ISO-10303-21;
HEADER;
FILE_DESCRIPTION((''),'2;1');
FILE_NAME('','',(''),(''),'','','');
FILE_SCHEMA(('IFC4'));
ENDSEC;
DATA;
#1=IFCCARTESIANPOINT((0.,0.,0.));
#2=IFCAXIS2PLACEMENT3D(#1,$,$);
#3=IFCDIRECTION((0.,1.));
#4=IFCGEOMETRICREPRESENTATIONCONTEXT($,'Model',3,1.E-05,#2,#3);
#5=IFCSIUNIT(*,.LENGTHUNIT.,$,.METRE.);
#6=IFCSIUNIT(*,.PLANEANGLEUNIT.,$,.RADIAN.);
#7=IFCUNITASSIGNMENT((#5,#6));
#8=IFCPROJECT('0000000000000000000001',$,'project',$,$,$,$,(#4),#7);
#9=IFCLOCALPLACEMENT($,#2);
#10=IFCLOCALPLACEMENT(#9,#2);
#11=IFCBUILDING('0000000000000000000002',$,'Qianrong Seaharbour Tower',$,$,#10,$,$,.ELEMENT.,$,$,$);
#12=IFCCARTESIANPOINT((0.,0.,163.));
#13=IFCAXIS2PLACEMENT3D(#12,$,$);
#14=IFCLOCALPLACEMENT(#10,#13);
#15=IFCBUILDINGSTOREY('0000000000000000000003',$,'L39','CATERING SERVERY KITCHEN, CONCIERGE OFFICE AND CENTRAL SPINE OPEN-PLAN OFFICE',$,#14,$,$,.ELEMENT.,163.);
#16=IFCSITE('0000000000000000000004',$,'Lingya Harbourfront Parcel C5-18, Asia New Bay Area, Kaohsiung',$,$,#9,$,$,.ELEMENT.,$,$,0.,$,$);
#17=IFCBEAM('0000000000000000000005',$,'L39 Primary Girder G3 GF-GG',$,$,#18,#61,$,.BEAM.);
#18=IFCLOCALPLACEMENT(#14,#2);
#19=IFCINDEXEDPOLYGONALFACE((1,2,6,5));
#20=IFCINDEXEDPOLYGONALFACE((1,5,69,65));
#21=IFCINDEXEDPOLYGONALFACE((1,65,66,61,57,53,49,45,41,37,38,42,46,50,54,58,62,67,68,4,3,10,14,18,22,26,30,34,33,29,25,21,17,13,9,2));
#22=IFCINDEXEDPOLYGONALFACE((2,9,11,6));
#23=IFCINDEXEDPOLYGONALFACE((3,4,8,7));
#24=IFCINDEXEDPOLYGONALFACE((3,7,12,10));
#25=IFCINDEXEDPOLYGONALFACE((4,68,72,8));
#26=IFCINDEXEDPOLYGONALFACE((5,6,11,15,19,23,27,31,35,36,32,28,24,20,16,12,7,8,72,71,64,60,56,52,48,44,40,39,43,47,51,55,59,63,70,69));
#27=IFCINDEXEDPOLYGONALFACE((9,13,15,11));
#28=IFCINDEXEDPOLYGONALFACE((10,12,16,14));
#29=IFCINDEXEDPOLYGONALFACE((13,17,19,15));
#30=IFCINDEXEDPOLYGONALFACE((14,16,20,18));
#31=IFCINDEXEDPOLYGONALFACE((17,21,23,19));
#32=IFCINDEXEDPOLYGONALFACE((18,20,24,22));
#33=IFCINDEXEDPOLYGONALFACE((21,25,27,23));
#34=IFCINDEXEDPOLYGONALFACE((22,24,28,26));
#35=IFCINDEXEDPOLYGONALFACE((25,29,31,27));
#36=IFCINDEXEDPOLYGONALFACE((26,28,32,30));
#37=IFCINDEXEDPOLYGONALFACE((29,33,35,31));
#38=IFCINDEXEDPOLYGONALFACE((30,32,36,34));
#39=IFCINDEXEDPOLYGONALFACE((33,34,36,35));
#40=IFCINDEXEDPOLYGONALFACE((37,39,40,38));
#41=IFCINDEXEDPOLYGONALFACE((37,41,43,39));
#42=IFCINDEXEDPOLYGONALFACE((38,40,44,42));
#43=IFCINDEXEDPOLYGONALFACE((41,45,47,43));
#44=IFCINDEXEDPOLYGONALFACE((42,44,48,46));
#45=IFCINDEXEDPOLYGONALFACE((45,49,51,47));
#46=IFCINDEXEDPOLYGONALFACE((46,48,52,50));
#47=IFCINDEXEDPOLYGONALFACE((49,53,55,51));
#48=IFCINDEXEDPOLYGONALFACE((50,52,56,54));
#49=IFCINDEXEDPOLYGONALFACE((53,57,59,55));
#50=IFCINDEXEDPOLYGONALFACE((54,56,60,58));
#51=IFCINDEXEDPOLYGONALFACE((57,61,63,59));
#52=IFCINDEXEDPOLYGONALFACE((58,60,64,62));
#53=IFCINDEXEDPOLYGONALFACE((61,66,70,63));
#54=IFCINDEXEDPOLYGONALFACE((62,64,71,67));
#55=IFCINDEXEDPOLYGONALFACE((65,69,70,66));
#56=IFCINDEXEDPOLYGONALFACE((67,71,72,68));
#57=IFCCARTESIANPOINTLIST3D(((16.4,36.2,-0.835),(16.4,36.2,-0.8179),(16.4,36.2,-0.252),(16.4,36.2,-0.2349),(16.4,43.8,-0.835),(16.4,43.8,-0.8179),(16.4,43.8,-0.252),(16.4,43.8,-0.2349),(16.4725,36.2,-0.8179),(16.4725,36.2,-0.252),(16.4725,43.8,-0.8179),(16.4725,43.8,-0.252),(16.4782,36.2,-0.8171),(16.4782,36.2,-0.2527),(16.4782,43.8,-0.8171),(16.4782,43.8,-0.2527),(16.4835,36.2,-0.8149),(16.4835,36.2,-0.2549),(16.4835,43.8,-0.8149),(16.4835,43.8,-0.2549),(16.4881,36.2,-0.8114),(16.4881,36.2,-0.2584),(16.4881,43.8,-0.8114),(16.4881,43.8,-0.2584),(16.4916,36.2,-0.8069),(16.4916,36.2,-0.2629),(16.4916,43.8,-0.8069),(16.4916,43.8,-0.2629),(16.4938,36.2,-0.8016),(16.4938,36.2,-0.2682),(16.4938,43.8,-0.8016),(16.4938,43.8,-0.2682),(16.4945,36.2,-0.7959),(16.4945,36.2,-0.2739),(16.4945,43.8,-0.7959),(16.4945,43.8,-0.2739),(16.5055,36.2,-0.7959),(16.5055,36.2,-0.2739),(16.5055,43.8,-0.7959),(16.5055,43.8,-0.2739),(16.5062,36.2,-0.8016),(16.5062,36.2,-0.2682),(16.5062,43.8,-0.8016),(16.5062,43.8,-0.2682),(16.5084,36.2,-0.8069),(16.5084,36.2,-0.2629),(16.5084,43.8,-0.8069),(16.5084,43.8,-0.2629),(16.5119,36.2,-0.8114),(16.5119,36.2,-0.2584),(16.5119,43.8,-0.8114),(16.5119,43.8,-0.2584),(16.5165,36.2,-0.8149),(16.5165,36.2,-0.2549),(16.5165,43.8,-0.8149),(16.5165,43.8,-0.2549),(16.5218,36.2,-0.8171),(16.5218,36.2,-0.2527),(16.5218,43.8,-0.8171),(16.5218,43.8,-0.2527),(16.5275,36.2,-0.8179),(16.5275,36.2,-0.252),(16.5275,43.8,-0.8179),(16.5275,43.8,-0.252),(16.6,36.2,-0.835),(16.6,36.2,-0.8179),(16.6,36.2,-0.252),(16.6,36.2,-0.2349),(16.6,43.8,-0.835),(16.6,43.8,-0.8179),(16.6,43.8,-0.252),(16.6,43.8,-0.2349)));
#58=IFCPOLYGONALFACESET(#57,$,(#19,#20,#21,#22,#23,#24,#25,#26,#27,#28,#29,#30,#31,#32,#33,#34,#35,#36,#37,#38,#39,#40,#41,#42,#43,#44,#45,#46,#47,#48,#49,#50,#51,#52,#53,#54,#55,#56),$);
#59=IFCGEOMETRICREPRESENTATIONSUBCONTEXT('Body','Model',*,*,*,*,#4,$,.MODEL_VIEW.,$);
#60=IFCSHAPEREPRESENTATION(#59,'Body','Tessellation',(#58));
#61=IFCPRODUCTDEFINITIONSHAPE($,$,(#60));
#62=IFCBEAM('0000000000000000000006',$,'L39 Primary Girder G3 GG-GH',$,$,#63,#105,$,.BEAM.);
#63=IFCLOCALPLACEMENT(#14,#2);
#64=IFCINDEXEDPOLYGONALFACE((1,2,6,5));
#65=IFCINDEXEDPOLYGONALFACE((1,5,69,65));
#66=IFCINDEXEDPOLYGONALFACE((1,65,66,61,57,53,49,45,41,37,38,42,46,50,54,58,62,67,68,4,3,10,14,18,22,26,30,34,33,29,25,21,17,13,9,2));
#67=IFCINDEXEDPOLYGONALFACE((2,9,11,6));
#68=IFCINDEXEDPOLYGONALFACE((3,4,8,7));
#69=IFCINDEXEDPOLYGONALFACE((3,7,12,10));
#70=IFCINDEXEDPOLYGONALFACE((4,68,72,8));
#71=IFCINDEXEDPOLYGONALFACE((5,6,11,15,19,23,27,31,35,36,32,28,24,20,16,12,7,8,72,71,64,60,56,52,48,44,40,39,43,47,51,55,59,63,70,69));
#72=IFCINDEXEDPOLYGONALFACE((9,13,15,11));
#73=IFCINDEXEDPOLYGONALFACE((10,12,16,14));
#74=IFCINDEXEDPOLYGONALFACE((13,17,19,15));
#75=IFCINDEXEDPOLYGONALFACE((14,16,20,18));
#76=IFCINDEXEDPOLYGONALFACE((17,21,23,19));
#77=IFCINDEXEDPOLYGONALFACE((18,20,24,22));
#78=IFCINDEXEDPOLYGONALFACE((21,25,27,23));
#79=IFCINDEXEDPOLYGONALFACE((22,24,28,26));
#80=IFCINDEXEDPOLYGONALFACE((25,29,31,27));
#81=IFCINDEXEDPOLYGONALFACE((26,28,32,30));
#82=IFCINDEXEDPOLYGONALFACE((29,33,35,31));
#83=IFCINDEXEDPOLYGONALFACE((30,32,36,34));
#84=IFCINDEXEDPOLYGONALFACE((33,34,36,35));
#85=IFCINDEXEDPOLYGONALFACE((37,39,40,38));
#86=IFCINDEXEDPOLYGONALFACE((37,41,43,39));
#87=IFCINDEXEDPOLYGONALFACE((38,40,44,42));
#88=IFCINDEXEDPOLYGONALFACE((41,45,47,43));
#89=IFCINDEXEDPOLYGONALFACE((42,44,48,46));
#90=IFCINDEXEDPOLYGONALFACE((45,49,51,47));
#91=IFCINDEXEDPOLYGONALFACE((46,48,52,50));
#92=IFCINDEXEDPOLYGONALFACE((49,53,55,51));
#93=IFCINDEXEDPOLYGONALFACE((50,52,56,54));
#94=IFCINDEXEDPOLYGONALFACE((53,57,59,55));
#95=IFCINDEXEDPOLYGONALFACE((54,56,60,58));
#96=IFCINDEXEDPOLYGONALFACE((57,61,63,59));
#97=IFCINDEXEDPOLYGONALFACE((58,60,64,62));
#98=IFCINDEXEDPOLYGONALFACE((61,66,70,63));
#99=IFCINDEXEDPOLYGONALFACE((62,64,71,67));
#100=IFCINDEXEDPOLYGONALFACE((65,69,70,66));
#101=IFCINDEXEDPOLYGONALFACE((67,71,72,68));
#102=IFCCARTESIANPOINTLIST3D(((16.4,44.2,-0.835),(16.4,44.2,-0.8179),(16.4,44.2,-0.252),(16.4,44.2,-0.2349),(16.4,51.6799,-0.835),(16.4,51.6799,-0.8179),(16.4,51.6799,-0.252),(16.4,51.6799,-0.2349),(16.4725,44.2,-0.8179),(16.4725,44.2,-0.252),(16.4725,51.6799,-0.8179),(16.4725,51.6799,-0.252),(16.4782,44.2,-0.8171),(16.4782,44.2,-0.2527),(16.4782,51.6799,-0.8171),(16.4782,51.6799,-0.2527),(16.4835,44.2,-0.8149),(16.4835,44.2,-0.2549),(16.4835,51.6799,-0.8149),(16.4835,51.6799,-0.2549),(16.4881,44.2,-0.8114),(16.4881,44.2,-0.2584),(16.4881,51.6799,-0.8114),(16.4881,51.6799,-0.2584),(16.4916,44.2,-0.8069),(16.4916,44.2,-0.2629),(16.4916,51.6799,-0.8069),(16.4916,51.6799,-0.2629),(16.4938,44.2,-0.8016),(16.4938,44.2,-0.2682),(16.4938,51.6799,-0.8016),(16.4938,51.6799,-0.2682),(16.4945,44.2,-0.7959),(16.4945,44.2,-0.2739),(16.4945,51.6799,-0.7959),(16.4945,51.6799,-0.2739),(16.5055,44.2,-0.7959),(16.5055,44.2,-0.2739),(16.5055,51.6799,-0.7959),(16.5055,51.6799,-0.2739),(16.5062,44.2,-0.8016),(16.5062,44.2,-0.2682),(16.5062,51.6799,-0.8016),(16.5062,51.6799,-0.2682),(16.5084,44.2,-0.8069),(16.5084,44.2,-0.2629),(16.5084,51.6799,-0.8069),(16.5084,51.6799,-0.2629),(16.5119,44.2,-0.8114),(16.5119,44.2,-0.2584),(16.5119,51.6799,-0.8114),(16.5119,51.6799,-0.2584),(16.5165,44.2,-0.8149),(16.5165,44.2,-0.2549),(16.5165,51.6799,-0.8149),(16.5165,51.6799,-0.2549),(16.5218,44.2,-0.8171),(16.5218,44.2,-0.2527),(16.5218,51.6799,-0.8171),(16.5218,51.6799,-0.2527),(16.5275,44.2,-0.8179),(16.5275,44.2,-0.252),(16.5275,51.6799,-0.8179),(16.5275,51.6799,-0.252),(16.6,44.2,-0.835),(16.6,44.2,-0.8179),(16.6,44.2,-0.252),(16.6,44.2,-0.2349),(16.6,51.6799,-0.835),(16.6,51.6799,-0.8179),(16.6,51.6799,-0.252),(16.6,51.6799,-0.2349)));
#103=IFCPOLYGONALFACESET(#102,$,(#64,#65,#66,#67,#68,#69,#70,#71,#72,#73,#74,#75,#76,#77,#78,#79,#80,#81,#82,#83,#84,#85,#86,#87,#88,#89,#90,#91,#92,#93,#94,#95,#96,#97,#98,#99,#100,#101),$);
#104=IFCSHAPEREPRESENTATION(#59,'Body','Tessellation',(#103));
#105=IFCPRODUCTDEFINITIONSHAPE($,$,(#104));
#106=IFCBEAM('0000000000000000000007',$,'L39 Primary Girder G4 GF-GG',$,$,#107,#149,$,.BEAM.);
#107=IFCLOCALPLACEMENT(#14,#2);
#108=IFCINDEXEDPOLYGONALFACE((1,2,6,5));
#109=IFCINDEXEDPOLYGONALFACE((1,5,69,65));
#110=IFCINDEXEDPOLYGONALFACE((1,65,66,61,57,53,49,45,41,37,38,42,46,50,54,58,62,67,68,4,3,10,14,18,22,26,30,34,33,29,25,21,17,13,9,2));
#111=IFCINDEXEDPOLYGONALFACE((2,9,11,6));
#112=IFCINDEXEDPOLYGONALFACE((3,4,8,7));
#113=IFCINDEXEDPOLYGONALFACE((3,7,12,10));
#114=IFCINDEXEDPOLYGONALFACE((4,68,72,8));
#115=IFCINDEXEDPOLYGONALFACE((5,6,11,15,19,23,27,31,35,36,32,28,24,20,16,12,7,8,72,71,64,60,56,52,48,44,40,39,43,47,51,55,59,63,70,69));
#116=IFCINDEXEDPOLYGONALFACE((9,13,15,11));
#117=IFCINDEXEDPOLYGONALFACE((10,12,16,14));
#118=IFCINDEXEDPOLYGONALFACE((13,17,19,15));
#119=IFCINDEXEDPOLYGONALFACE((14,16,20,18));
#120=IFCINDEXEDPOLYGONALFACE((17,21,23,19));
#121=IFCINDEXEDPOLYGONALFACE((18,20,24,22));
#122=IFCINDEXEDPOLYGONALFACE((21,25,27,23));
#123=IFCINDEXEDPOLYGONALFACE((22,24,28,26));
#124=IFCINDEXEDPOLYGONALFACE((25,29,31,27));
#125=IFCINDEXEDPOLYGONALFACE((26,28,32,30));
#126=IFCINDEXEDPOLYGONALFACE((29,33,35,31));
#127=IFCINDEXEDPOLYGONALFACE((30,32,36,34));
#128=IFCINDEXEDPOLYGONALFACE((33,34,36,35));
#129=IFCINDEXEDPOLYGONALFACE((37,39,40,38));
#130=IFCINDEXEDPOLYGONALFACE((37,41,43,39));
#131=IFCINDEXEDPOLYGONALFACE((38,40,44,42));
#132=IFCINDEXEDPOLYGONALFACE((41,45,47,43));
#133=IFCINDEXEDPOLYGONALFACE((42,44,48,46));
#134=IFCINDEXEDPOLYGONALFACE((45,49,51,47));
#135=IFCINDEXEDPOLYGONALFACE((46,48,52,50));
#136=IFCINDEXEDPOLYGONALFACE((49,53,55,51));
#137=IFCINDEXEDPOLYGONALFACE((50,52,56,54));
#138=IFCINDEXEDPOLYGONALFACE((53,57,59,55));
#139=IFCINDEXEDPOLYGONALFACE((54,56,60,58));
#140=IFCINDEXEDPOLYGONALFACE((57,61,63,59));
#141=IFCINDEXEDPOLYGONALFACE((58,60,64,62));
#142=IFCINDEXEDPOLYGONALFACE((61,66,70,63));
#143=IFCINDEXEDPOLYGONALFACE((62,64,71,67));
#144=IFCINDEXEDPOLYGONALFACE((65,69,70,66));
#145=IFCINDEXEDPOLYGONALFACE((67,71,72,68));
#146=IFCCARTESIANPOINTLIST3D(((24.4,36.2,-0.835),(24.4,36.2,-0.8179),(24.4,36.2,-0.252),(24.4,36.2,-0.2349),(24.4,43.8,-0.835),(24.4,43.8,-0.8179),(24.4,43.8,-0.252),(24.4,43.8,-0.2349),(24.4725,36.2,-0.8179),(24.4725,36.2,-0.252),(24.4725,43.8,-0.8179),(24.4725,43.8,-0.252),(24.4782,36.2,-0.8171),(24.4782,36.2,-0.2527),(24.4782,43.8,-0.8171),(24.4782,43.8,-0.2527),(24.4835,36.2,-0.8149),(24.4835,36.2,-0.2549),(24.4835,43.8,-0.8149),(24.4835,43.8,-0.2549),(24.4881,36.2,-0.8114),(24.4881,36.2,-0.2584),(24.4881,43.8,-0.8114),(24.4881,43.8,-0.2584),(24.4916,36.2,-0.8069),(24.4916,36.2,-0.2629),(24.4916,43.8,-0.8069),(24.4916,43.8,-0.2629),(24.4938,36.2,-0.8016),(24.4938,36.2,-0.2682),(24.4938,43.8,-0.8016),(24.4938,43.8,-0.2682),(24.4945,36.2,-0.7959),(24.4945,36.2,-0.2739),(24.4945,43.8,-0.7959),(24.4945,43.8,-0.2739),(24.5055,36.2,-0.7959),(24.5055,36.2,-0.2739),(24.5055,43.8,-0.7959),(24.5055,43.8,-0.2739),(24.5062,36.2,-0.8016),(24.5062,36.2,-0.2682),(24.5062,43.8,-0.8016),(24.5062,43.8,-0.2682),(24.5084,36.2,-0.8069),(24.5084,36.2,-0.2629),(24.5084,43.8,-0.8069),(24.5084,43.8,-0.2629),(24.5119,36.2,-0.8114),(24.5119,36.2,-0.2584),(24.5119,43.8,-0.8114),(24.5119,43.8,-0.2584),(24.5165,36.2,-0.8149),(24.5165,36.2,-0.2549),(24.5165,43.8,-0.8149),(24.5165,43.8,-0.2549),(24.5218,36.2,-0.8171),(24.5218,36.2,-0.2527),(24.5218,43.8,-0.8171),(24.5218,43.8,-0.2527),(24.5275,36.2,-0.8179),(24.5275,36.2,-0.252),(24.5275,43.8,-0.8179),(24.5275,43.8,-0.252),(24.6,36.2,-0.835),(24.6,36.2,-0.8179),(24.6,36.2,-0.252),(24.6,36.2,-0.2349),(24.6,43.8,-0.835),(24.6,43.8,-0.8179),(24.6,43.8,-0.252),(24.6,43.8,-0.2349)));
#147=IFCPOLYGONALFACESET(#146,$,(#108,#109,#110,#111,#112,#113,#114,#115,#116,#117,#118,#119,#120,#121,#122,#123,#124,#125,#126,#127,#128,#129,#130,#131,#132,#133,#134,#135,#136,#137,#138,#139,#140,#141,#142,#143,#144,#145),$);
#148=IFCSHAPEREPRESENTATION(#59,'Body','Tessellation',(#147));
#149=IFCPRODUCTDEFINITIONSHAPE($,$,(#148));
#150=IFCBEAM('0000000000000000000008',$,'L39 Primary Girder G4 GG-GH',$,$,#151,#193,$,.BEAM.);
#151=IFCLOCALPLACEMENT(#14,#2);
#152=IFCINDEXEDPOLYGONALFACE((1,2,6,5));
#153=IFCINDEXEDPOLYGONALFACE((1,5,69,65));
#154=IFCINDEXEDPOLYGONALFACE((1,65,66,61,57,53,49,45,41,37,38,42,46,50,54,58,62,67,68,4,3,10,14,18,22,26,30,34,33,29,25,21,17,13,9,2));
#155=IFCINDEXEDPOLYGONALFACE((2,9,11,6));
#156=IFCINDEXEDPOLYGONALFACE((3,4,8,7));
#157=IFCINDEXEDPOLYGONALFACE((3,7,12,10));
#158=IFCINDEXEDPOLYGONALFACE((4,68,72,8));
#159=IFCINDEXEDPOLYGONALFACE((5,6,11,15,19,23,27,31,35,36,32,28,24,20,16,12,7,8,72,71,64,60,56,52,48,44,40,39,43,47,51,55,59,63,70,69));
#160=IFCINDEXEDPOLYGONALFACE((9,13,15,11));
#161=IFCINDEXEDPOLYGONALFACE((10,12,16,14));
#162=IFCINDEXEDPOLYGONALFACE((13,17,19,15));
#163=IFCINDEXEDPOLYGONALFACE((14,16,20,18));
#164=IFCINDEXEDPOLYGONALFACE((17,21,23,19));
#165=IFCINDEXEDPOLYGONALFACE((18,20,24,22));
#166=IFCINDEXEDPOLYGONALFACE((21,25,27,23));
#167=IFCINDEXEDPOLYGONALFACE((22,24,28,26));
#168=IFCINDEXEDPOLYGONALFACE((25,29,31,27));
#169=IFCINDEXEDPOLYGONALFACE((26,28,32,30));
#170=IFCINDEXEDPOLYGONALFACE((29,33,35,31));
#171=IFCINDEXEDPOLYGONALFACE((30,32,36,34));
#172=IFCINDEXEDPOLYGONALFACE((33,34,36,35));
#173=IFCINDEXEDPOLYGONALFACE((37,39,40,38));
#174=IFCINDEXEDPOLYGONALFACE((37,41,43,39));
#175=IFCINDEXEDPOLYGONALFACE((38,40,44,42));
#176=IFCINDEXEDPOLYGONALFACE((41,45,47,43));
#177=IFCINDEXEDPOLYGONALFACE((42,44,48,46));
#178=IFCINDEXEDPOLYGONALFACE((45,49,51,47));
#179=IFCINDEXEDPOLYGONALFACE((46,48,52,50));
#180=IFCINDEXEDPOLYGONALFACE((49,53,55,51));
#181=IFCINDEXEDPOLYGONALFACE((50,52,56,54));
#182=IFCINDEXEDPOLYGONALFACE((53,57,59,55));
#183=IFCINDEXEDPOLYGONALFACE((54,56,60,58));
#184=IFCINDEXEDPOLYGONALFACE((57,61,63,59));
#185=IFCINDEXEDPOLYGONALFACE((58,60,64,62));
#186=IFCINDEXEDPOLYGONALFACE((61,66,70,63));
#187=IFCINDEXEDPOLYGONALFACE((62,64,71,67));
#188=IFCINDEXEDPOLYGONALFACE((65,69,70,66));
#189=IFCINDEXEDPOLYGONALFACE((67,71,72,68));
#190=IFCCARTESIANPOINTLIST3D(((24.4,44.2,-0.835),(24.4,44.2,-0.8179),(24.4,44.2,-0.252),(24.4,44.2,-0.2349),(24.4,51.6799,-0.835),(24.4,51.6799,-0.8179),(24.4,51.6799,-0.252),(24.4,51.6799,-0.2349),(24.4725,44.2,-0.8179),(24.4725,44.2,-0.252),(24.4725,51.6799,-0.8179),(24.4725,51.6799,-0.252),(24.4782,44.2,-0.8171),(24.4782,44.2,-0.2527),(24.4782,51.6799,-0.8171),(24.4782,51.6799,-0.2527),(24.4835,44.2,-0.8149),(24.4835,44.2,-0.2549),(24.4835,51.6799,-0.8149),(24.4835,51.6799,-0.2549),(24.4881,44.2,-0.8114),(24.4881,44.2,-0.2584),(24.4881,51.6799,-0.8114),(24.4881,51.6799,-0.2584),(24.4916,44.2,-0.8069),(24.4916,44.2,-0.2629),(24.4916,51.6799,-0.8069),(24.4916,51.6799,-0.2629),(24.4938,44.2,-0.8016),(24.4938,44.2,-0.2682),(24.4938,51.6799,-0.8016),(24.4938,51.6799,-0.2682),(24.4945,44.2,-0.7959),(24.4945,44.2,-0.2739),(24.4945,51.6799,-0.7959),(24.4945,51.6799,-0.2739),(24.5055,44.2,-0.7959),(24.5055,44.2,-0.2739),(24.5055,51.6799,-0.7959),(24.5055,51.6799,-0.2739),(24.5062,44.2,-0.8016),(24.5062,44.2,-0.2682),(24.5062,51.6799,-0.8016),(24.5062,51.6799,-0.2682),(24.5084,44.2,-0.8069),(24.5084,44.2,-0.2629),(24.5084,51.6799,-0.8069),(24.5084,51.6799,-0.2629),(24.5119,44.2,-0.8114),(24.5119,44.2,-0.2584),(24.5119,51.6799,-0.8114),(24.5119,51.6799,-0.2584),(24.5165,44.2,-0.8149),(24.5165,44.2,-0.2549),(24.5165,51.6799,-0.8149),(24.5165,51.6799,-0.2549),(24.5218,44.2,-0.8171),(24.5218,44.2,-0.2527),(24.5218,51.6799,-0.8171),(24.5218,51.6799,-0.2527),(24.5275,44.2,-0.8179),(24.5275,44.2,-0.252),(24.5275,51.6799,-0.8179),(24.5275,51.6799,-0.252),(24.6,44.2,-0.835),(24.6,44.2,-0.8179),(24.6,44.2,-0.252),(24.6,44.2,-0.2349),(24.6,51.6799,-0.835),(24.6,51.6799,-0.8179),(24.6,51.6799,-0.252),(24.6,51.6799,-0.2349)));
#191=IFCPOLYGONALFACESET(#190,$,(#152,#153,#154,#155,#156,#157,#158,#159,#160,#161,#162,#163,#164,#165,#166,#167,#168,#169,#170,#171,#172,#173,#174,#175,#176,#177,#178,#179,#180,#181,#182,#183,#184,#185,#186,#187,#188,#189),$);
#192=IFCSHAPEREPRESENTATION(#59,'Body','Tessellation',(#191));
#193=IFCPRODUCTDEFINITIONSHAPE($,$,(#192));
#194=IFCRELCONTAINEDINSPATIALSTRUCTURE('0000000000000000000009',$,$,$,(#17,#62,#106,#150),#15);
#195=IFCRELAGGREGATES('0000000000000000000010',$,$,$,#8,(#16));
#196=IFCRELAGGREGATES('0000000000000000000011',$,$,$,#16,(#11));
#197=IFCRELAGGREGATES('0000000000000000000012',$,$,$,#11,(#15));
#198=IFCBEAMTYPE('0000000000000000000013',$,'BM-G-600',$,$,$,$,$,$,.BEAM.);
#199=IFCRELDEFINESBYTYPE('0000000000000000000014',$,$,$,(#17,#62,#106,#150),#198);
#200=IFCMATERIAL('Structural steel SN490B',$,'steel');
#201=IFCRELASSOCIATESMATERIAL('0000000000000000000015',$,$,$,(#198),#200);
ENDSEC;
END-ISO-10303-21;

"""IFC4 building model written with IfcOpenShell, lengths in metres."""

from ifc_helpers import new_model, si_unit, direction, frame, origin, origin_2d, place, context, subcontext, project, spatial, i_section, extrude, material, material_profile, profile_set, type_object, element, save


model = new_model("IFC4")

# Units and contexts
model_context = context("Model", 3, precision=1e-05, world=origin(), true_north=direction((0.0, 1.0)))
body_context = subcontext(model_context, "Body", "Model", "MODEL_VIEW")
ifc_project = project(units=[si_unit("LENGTHUNIT", "METRE"), si_unit("PLANEANGLEUNIT", "RADIAN")], contexts=[model_context])

# Site, building, storey
site_placement = place(None, origin())
site = spatial("IfcSite", under=ifc_project, at=site_placement, Name="Lingya Harbourfront Parcel C5-18, Asia New Bay Area, Kaohsiung", CompositionType="ELEMENT", RefElevation=0.0)
building_placement = place(site_placement, origin())
building = spatial("IfcBuilding", under=site, at=building_placement, Name="Qianrong Seaharbour Tower", CompositionType="ELEMENT")
storey_placement = place(building_placement, frame((0.0, 0.0, 163.0)))
storey = spatial("IfcBuildingStorey", under=building, at=storey_placement, Name="L39", Description="CATERING SERVERY KITCHEN, CONCIERGE OFFICE AND CENTRAL SPINE OPEN-PLAN OFFICE", CompositionType="ELEMENT", Elevation=163.0)

# Shared definitions
ifc_material_1 = material(Name="Structural steel SN490B", Category="steel")

# Beams
ifc_material_profile_1 = material_profile(ifc_material_1, i_section(OverallWidth=0.2, OverallDepth=0.6001, WebThickness=0.011, FlangeThickness=0.0171, FilletRadius=0.022, at=origin_2d()), Name="H600x200x11x17")
ifc_profile_set_1 = profile_set([ifc_material_profile_1], Name="Structural steel SN490B")
beam_type_1 = type_object("IfcBeamType", Name="BM-G-600", PredefinedType="BEAM", material=ifc_profile_set_1)
for number, where, z_axis, x_axis, name in (
    (1, (16.5, 36.2, -0.5349), (0.0, 1.0, 0.0), (-1.0, 0.0, 0.0), "L39 Primary Girder G3 GF-GG"),
):
    element("IfcBeam", number, at=place(storey_placement, frame(where, z_axis=z_axis, x_axis=x_axis)), inside=storey, type_object=beam_type_1, Name=name, PredefinedType="BEAM", context=body_context, shape_type="SweptSolid", body=[
        extrude(i_section(OverallWidth=0.2, OverallDepth=0.6001, WebThickness=0.011, FlangeThickness=0.0171, FilletRadius=0.022, at=origin_2d()), origin(), (0.0, 0.0, 1.0), 7.6001),
    ])
beam_1_placement = place(storey_placement, frame((16.5, 44.2, -0.5349), z_axis=(0.0, 1.0, 0.0), x_axis=(-1.0, 0.0, 0.0)))
element("IfcBeam", 2, at=beam_1_placement, inside=storey, type_object=beam_type_1, Name="L39 Primary Girder G3 GG-GH", PredefinedType="BEAM", context=body_context, shape_type="SweptSolid", body=[
    extrude(i_section(OverallWidth=0.2, OverallDepth=0.6001, WebThickness=0.011, FlangeThickness=0.0171, FilletRadius=0.022, at=origin_2d()), origin(), (0.0, 0.0, 1.0), 7.48),
])
beam_2_placement = place(storey_placement, frame((24.5, 36.2, -0.5349), z_axis=(0.0, 1.0, 0.0), x_axis=(-1.0, 0.0, 0.0)))
element("IfcBeam", 3, at=beam_2_placement, inside=storey, type_object=beam_type_1, Name="L39 Primary Girder G4 GF-GG", PredefinedType="BEAM", context=body_context, shape_type="SweptSolid", body=[
    extrude(i_section(OverallWidth=0.2, OverallDepth=0.6001, WebThickness=0.011, FlangeThickness=0.0171, FilletRadius=0.022, at=origin_2d()), origin(), (0.0, 0.0, 1.0), 7.6001),
])
beam_3_placement = place(storey_placement, frame((24.5, 44.2, -0.5349), z_axis=(0.0, 1.0, 0.0), x_axis=(-1.0, 0.0, 0.0)))
element("IfcBeam", 4, at=beam_3_placement, inside=storey, type_object=beam_type_1, Name="L39 Primary Girder G4 GG-GH", PredefinedType="BEAM", context=body_context, shape_type="SweptSolid", body=[
    extrude(i_section(OverallWidth=0.2, OverallDepth=0.6001, WebThickness=0.011, FlangeThickness=0.0171, FilletRadius=0.022, at=origin_2d()), origin(), (0.0, 0.0, 1.0), 7.48),
])

save(model, "model.ifc")
